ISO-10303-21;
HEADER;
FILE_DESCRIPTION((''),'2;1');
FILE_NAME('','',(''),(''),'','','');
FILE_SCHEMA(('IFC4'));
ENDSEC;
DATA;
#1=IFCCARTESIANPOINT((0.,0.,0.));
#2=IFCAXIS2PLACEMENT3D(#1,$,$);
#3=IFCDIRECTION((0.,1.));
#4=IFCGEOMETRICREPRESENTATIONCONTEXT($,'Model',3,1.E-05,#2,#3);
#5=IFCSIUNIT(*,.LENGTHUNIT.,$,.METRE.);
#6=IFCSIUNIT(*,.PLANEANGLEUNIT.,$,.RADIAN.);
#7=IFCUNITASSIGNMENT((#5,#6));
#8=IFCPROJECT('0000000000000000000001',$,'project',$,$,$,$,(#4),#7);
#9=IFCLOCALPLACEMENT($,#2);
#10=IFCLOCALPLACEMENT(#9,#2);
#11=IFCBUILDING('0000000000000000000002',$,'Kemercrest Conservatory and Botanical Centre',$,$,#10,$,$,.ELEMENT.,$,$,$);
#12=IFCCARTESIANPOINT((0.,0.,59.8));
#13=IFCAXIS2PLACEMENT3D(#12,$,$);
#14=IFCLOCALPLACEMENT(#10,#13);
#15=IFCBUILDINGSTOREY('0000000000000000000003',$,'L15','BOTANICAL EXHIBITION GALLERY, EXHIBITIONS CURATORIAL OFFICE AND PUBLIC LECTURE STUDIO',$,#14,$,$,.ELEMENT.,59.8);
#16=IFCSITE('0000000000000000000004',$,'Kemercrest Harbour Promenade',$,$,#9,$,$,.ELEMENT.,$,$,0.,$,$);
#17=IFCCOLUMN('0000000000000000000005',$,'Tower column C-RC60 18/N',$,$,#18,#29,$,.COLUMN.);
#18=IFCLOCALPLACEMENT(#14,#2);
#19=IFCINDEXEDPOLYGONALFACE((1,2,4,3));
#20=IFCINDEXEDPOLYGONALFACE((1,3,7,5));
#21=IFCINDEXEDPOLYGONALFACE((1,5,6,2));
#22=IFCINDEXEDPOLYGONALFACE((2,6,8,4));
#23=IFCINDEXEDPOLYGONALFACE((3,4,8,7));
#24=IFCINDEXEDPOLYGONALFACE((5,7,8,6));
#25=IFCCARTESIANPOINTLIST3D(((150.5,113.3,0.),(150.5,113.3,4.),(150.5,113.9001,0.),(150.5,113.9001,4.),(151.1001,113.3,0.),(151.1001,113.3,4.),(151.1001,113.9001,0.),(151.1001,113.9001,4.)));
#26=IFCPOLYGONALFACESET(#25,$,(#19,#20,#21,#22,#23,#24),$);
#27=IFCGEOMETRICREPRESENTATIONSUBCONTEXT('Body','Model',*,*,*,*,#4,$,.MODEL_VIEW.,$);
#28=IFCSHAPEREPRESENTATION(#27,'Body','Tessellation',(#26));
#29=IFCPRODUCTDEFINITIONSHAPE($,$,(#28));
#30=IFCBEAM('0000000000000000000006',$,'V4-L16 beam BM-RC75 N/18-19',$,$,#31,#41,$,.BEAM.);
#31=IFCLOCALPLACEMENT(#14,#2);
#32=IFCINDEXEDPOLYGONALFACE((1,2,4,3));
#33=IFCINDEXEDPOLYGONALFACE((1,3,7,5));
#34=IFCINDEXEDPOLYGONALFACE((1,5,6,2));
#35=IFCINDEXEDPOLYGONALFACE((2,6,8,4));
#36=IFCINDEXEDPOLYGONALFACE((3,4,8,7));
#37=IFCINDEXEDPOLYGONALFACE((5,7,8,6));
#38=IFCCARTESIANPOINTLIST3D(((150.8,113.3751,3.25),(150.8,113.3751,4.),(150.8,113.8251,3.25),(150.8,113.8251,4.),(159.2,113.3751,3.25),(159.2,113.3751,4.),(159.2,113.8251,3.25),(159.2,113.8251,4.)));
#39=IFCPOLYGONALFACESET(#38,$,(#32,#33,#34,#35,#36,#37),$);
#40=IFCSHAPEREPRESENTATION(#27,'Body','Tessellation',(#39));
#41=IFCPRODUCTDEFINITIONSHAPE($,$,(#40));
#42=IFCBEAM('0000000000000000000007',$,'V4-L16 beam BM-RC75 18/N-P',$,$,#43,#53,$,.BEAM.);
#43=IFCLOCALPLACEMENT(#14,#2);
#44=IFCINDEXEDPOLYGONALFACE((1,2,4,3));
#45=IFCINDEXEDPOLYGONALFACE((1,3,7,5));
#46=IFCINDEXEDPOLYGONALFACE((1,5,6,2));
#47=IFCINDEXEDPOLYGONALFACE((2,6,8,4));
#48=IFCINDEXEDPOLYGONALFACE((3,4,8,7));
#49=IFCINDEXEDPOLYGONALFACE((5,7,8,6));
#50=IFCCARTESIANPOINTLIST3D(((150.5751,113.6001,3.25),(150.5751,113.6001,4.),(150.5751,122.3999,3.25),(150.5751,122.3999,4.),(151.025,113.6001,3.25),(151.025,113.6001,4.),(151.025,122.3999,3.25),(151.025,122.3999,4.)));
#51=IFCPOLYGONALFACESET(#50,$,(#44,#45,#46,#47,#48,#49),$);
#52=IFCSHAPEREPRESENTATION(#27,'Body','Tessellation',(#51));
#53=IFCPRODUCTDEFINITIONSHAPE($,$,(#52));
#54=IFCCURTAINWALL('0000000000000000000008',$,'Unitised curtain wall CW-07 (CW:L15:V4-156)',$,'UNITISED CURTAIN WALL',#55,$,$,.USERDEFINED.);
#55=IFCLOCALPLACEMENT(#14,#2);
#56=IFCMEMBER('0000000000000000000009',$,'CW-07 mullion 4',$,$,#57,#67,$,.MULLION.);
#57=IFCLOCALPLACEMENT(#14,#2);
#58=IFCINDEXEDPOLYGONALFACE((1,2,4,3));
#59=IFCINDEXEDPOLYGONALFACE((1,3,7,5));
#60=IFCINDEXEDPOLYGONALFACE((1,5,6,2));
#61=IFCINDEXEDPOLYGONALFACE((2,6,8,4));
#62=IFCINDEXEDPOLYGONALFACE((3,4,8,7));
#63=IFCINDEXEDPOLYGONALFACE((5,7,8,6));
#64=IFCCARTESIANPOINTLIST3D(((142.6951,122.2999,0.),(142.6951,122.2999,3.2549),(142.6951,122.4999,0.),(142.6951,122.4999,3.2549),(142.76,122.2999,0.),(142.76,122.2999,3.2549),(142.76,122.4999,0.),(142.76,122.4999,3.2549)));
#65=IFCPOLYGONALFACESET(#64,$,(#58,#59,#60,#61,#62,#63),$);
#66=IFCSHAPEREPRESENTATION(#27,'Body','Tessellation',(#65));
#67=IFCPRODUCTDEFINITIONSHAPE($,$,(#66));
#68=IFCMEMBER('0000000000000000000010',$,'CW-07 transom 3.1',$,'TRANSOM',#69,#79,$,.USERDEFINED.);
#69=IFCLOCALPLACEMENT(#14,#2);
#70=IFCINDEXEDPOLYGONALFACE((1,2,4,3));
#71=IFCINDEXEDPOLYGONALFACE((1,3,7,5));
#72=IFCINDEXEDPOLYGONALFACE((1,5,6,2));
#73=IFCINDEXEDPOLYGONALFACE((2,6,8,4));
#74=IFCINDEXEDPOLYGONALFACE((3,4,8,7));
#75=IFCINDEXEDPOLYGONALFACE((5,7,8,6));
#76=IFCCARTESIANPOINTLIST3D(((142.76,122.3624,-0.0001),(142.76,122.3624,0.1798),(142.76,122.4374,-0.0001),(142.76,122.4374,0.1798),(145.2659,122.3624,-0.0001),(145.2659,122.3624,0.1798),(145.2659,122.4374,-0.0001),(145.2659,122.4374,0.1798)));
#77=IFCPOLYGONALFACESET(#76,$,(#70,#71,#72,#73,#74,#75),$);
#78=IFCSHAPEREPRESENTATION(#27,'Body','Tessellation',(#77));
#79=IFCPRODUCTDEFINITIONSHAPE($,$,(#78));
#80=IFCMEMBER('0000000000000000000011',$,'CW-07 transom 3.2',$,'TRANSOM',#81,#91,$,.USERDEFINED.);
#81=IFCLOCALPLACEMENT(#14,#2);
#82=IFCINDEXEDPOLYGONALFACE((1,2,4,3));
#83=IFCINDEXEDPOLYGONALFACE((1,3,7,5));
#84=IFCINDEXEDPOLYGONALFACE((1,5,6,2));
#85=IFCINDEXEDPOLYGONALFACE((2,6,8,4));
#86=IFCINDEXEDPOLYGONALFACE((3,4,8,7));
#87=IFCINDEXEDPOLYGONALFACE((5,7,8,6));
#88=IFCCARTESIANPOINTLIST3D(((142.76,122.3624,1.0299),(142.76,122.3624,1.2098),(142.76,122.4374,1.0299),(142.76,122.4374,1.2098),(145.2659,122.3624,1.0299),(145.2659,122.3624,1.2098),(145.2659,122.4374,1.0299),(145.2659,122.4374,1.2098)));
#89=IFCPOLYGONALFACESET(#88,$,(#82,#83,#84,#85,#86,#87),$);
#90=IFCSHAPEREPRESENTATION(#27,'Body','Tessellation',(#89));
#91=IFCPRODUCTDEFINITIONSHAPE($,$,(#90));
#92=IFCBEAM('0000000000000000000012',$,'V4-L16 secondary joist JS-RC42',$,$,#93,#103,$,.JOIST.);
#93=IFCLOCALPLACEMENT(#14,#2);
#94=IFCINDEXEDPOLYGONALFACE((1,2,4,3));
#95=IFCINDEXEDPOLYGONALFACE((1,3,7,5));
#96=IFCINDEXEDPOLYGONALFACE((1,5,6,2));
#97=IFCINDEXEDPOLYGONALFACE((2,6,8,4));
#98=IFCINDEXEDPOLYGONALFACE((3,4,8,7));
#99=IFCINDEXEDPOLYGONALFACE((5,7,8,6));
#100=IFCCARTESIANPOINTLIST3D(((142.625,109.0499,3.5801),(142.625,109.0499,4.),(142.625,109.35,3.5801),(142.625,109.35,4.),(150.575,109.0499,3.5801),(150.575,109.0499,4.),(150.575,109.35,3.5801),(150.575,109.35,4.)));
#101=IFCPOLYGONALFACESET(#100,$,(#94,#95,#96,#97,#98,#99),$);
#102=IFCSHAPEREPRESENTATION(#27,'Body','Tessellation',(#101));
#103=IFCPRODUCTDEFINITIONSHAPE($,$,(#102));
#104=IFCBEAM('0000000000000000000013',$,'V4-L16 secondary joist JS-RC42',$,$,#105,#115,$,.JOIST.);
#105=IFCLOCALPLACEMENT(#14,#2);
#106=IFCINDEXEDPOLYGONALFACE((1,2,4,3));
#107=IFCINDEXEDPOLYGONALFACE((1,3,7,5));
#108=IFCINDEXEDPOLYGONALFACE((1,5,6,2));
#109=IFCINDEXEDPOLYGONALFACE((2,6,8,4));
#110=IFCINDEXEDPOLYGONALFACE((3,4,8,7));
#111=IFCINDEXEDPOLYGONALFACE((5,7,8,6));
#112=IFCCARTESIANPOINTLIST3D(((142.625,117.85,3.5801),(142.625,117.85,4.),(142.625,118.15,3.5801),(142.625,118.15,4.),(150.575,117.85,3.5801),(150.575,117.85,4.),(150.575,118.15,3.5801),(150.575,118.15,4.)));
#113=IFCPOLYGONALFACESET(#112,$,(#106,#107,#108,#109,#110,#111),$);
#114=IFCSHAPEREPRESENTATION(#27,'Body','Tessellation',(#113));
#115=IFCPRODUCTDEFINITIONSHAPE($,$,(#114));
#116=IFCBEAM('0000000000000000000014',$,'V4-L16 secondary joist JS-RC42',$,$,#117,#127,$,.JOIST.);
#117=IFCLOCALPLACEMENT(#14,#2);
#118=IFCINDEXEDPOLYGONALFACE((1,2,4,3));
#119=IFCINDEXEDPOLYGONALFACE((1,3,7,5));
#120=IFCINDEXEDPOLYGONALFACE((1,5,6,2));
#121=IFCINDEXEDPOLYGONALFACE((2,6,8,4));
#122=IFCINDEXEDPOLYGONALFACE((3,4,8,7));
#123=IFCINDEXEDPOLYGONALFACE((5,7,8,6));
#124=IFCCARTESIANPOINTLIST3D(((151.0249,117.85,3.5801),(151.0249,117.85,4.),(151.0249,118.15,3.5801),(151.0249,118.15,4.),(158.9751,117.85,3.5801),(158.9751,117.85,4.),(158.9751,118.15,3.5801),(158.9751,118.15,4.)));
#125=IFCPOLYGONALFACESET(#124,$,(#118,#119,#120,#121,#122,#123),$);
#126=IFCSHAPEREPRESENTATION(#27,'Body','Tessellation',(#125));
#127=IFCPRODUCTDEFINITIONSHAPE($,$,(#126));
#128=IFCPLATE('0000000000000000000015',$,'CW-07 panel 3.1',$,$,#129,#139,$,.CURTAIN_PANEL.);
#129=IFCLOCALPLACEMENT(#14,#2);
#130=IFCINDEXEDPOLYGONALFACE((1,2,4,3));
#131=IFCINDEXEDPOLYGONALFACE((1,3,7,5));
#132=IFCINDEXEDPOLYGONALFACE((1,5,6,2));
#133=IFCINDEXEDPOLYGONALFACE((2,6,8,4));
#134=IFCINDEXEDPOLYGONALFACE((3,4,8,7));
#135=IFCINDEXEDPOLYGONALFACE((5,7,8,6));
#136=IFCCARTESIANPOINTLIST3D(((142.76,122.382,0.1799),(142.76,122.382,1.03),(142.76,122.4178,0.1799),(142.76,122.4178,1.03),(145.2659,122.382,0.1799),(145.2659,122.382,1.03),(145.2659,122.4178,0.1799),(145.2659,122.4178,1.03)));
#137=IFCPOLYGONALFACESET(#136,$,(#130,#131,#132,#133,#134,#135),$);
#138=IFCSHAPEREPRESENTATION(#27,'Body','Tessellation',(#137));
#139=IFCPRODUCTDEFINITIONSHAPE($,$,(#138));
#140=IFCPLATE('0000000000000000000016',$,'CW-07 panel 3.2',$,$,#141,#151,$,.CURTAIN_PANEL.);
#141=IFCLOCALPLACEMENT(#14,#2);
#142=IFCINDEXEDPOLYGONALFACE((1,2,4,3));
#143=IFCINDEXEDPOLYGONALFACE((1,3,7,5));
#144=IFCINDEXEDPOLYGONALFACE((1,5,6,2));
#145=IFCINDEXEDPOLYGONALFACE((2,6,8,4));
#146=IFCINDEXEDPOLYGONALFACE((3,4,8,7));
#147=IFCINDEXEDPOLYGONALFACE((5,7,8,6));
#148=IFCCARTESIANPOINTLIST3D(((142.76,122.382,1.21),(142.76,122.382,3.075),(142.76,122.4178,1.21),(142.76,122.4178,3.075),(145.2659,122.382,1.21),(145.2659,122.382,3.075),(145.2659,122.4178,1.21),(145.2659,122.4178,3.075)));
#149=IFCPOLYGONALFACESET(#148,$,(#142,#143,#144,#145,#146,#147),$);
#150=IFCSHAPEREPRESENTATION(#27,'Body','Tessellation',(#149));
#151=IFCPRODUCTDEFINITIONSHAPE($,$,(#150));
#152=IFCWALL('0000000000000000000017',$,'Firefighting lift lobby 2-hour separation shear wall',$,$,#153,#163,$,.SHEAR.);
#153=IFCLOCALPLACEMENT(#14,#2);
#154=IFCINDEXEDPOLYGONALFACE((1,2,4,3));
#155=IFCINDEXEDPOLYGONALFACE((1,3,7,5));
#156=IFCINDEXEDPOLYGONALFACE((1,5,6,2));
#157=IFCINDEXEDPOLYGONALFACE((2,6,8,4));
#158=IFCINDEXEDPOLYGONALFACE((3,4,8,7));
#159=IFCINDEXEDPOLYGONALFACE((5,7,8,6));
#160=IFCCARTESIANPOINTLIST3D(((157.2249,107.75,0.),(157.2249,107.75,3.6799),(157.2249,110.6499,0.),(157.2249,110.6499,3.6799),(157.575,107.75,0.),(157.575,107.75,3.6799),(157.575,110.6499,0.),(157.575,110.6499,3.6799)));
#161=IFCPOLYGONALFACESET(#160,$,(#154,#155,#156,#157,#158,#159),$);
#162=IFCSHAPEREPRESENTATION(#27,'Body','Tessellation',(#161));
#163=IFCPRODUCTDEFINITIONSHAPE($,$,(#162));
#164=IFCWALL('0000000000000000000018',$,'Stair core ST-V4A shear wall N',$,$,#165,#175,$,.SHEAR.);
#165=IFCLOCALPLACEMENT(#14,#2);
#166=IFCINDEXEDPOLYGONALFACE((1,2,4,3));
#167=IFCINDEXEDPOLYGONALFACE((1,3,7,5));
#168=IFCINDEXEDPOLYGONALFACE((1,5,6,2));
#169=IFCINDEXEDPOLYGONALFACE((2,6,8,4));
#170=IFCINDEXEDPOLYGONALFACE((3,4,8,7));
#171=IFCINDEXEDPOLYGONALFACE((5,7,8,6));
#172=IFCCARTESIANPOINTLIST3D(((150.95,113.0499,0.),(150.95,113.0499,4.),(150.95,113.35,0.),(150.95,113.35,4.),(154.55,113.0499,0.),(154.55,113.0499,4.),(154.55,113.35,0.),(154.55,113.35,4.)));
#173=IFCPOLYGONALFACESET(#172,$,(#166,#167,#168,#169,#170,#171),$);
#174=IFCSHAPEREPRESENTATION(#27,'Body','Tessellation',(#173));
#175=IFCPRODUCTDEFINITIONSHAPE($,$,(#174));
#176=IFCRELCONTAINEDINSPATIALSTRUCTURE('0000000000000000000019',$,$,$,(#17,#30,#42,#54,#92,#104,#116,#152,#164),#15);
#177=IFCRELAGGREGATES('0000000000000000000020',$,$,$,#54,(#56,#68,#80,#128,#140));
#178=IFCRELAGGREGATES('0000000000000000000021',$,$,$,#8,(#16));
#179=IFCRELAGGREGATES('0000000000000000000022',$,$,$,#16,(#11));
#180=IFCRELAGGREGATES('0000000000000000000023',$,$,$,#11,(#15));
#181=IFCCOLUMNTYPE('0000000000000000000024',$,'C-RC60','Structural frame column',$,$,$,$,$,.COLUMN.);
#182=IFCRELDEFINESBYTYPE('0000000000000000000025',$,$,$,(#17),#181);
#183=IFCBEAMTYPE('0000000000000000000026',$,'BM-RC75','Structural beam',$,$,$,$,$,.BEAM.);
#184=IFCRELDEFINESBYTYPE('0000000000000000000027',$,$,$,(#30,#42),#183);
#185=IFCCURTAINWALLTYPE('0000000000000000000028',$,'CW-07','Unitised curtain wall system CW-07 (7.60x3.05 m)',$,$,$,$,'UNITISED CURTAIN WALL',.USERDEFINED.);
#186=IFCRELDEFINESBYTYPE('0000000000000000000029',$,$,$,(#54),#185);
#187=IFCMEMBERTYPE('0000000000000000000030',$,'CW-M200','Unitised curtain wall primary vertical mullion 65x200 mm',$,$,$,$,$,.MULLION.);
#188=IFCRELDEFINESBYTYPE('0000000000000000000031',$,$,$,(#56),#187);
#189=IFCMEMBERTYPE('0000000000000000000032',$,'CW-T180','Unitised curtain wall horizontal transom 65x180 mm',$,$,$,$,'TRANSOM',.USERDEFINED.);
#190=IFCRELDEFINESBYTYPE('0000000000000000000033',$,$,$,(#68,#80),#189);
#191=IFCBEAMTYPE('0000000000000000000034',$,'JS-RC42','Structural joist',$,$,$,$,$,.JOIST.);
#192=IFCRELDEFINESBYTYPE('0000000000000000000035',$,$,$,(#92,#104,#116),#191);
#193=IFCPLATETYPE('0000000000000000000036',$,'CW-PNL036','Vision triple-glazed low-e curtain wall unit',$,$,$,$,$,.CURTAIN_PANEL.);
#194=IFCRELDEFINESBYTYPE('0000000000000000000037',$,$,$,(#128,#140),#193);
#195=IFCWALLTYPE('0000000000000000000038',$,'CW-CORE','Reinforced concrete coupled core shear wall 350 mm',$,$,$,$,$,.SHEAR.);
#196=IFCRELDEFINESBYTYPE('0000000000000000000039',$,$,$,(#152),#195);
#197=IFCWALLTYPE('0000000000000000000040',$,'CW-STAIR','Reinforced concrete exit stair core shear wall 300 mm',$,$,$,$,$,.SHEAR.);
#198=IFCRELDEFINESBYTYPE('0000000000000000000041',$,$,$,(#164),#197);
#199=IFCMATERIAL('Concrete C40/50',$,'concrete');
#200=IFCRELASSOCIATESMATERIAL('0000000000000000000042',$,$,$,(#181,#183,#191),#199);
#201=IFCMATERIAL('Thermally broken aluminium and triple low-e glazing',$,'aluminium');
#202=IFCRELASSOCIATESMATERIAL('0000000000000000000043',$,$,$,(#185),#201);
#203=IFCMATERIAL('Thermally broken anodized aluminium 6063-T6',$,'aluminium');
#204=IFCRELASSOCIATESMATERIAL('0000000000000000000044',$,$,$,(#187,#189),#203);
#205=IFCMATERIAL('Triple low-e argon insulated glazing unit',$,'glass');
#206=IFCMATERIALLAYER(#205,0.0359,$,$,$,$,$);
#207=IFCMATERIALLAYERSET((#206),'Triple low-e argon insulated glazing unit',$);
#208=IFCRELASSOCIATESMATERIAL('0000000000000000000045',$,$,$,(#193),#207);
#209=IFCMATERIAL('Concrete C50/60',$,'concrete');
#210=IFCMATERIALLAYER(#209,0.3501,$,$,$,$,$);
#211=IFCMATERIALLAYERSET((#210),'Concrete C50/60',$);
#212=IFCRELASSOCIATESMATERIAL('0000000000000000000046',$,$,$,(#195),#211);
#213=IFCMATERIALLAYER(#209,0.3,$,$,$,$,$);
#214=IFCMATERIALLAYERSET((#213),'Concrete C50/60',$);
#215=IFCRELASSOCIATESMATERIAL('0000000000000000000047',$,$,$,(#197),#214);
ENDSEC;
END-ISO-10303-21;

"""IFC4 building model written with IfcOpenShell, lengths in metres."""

from ifc_helpers import new_model, si_unit, direction, frame, frame_2d, origin, origin_2d, place, context, subcontext, project, spatial, rectangle, extrude, material, layer, layer_set, material_profile, profile_set, type_object, element, aggregate, save


model = new_model("IFC4")

# Units and contexts
model_context = context("Model", 3, precision=1e-05, world=origin(), true_north=direction((0.0, 1.0)))
body_context = subcontext(model_context, "Body", "Model", "MODEL_VIEW")
ifc_project = project(units=[si_unit("LENGTHUNIT", "METRE"), si_unit("PLANEANGLEUNIT", "RADIAN")], contexts=[model_context])

# Site, building, storey
site_placement = place(None, origin())
site = spatial("IfcSite", under=ifc_project, at=site_placement, Name="Kemercrest Harbour Promenade", CompositionType="ELEMENT", RefElevation=0.0)
building_placement = place(site_placement, origin())
building = spatial("IfcBuilding", under=site, at=building_placement, Name="Kemercrest Conservatory and Botanical Centre", CompositionType="ELEMENT")
storey_placement = place(building_placement, frame((0.0, 0.0, 59.8)))
storey = spatial("IfcBuildingStorey", under=building, at=storey_placement, Name="L15", Description="BOTANICAL EXHIBITION GALLERY, EXHIBITIONS CURATORIAL OFFICE AND PUBLIC LECTURE STUDIO", CompositionType="ELEMENT", Elevation=59.8)

# Column
ifc_material_1 = material(Name="Concrete C40/50", Category="concrete")
ifc_material_profile_1 = material_profile(ifc_material_1, rectangle(XDim=0.6001, YDim=0.6001, at=origin_2d()), Name="RC 600x600")
ifc_profile_set_1 = profile_set([ifc_material_profile_1], Name="Concrete C40/50")
column_type = type_object("IfcColumnType", Name="C-RC60", Description="Structural frame column", PredefinedType="COLUMN", material=ifc_profile_set_1)
column_placement = place(storey_placement, frame((150.8, 113.6001, 0.0), z_axis=(0.0, 0.0, 1.0), x_axis=(1.0, 0.0, 0.0)))
element("IfcColumn", 1, at=column_placement, inside=storey, type_object=column_type, Name="Tower column C-RC60 18/N", PredefinedType="COLUMN", context=body_context, shape_type="SweptSolid", body=[
    extrude(rectangle(XDim=0.6001, YDim=0.6001, at=origin_2d()), origin(), (0.0, 0.0, 1.0), 4.0),
])

# Beams
ifc_material_profile_2 = material_profile(ifc_material_1, rectangle(XDim=0.45, YDim=0.75, at=origin_2d()), Name="RC 450x750")
ifc_profile_set_2 = profile_set([ifc_material_profile_2], Name="Concrete C40/50")
beam_type_1 = type_object("IfcBeamType", Name="BM-RC75", Description="Structural beam", PredefinedType="BEAM", material=ifc_profile_set_2)
beam_1_placement = place(storey_placement, frame((150.8, 113.6001, 3.625), z_axis=(1.0, 0.0, 0.0), x_axis=(0.0, 1.0, 0.0)))
element("IfcBeam", 2, at=beam_1_placement, inside=storey, type_object=beam_type_1, Name="V4-L16 beam BM-RC75 N/18-19", PredefinedType="BEAM", context=body_context, shape_type="SweptSolid", body=[
    extrude(rectangle(XDim=0.45, YDim=0.75, at=origin_2d()), origin(), (0.0, 0.0, 1.0), 8.3999),
])
beam_2_placement = place(storey_placement, frame((150.8, 113.6001, 3.625), z_axis=(0.0, 1.0, 0.0), x_axis=(-1.0, 0.0, 0.0)))
element("IfcBeam", 3, at=beam_2_placement, inside=storey, type_object=beam_type_1, Name="V4-L16 beam BM-RC75 18/N-P", PredefinedType="BEAM", context=body_context, shape_type="SweptSolid", body=[
    extrude(rectangle(XDim=0.45, YDim=0.75, at=origin_2d()), origin(), (0.0, 0.0, 1.0), 8.7998),
])

# Curtain wall, members
ifc_material_2 = material(Name="Thermally broken aluminium and triple low-e glazing", Category="aluminium")
curtain_wall_type = type_object("IfcCurtainWallType", Name="CW-07", Description="Unitised curtain wall system CW-07 (7.60x3.05 m)", ElementType="UNITISED CURTAIN WALL", PredefinedType="USERDEFINED", material=ifc_material_2)
curtain_wall_placement = place(storey_placement, origin())
curtain_wall = element("IfcCurtainWall", 4, at=curtain_wall_placement, inside=storey, type_object=curtain_wall_type, Name="Unitised curtain wall CW-07 (CW:L15:V4-156)", ObjectType="UNITISED CURTAIN WALL", PredefinedType="USERDEFINED")
ifc_material_3 = material(Name="Thermally broken anodized aluminium 6063-T6", Category="aluminium")
ifc_material_profile_3 = material_profile(ifc_material_3, rectangle(XDim=0.2, YDim=0.0649, at=origin_2d()), Name="AL MULLION 65x200")
ifc_profile_set_3 = profile_set([ifc_material_profile_3], Name="Thermally broken anodized aluminium 6063-T6")
member_type_1 = type_object("IfcMemberType", Name="CW-M200", Description="Unitised curtain wall primary vertical mullion 65x200 mm", PredefinedType="MULLION", material=ifc_profile_set_3)
member_1_placement = place(storey_placement, frame((142.7275, 122.3999, 0.0), z_axis=(0.0, 0.0, 1.0), x_axis=(0.0, -1.0, 0.0)))
member_1 = element("IfcMember", 5, at=member_1_placement, type_object=member_type_1, Name="CW-07 mullion 4", PredefinedType="MULLION", context=body_context, shape_type="SweptSolid", body=[
    extrude(rectangle(XDim=0.2, YDim=0.0649, at=origin_2d()), origin(), (0.0, 0.0, 1.0), 3.2549),
])
ifc_material_profile_4 = material_profile(ifc_material_3, rectangle(XDim=0.075, YDim=0.1799, at=origin_2d()), Name="AL TRANSOM 75x180")
ifc_profile_set_4 = profile_set([ifc_material_profile_4], Name="Thermally broken anodized aluminium 6063-T6")
member_type_2 = type_object("IfcMemberType", Name="CW-T180", Description="Unitised curtain wall horizontal transom 65x180 mm", ElementType="TRANSOM", PredefinedType="USERDEFINED", material=ifc_profile_set_4)
member_2_placement = place(storey_placement, frame((145.2659, 122.3999, 0.0898), z_axis=(-1.0, 0.0, 0.0), x_axis=(0.0, -1.0, 0.0)))
member_2 = element("IfcMember", 6, at=member_2_placement, type_object=member_type_2, Name="CW-07 transom 3.1", ObjectType="TRANSOM", PredefinedType="USERDEFINED", context=body_context, shape_type="SweptSolid", body=[
    extrude(rectangle(XDim=0.075, YDim=0.1799, at=origin_2d()), origin(), (0.0, 0.0, 1.0), 2.5059),
])
member_3_placement = place(storey_placement, frame((145.2659, 122.3999, 1.1199), z_axis=(-1.0, 0.0, 0.0), x_axis=(0.0, -1.0, 0.0)))
member_3 = element("IfcMember", 7, at=member_3_placement, type_object=member_type_2, Name="CW-07 transom 3.2", ObjectType="TRANSOM", PredefinedType="USERDEFINED", context=body_context, shape_type="SweptSolid", body=[
    extrude(rectangle(XDim=0.075, YDim=0.1799, at=origin_2d()), origin(), (0.0, 0.0, 1.0), 2.5059),
])

# Beams
ifc_material_profile_5 = material_profile(ifc_material_1, rectangle(XDim=0.3, YDim=0.4199, at=origin_2d()), Name="RC 300x420")
ifc_profile_set_5 = profile_set([ifc_material_profile_5], Name="Concrete C40/50")
beam_type_2 = type_object("IfcBeamType", Name="JS-RC42", Description="Structural joist", PredefinedType="JOIST", material=ifc_profile_set_5)
for number, where, z_axis, x_axis, name in (
    (8, (142.625, 109.2, 3.79), (1.0, 0.0, 0.0), (0.0, 1.0, 0.0), "V4-L16 secondary joist JS-RC42"),
    (9, (142.625, 118.0, 3.79), (1.0, 0.0, 0.0), (0.0, 1.0, 0.0), "V4-L16 secondary joist JS-RC42"),
):
    element("IfcBeam", number, at=place(storey_placement, frame(where, z_axis=z_axis, x_axis=x_axis)), inside=storey, type_object=beam_type_2, Name=name, PredefinedType="JOIST", context=body_context, shape_type="SweptSolid", body=[
        extrude(rectangle(XDim=0.3, YDim=0.4199, at=origin_2d()), origin(), (0.0, 0.0, 1.0), 7.95),
    ])
beam_3_placement = place(storey_placement, frame((151.0249, 118.0, 3.79), z_axis=(1.0, 0.0, 0.0), x_axis=(0.0, 1.0, 0.0)))
element("IfcBeam", 10, at=beam_3_placement, inside=storey, type_object=beam_type_2, Name="V4-L16 secondary joist JS-RC42", PredefinedType="JOIST", context=body_context, shape_type="SweptSolid", body=[
    extrude(rectangle(XDim=0.3, YDim=0.4199, at=origin_2d()), origin(), (0.0, 0.0, 1.0), 7.9502),
])

# Plates
ifc_material_4 = material(Name="Triple low-e argon insulated glazing unit", Category="glass")
ifc_layer_1 = layer(ifc_material_4, 0.0359)
ifc_layer_set_1 = layer_set([ifc_layer_1], Name="Triple low-e argon insulated glazing unit")
plate_type = type_object("IfcPlateType", Name="CW-PNL036", Description="Vision triple-glazed low-e curtain wall unit", PredefinedType="CURTAIN_PANEL", material=ifc_layer_set_1)
plate_1_placement = place(storey_placement, frame((144.0129, 122.3999, 0.1799), z_axis=(0.0, 0.0, 1.0), x_axis=(-1.0, 0.0, 0.0)))
plate_1 = element("IfcPlate", 11, at=plate_1_placement, type_object=plate_type, Name="CW-07 panel 3.1", PredefinedType="CURTAIN_PANEL", context=body_context, shape_type="SweptSolid", body=[
    extrude(rectangle(XDim=2.5059, YDim=0.0359, at=origin_2d()), origin(), (0.0, 0.0, 1.0), 0.8501),
])
plate_2_placement = place(storey_placement, frame((144.0129, 122.3999, 1.21), z_axis=(0.0, 0.0, 1.0), x_axis=(-1.0, 0.0, 0.0)))
plate_2 = element("IfcPlate", 12, at=plate_2_placement, type_object=plate_type, Name="CW-07 panel 3.2", PredefinedType="CURTAIN_PANEL", context=body_context, shape_type="SweptSolid", body=[
    extrude(rectangle(XDim=2.5059, YDim=0.0359, at=origin_2d()), origin(), (0.0, 0.0, 1.0), 1.865),
])
aggregate(curtain_wall, [member_1, member_2, member_3, plate_1, plate_2])

# Walls
ifc_material_5 = material(Name="Concrete C50/60", Category="concrete")
ifc_layer_2 = layer(ifc_material_5, 0.3501)
ifc_layer_set_2 = layer_set([ifc_layer_2], Name="Concrete C50/60")
wall_type_1 = type_object("IfcWallType", Name="CW-CORE", Description="Reinforced concrete coupled core shear wall 350 mm", PredefinedType="SHEAR", material=ifc_layer_set_2)
wall_1_placement = place(storey_placement, frame((157.3999, 107.75, 0.0), z_axis=(0.0, 0.0, 1.0), x_axis=(0.0, 1.0, 0.0)))
element("IfcWall", 13, at=wall_1_placement, inside=storey, type_object=wall_type_1, Name="Firefighting lift lobby 2-hour separation shear wall", PredefinedType="SHEAR", context=body_context, shape_type="SweptSolid", body=[
    extrude(rectangle(XDim=2.8999, YDim=0.3501, at=frame_2d((1.45, 0.0))), origin(), (0.0, 0.0, 1.0), 3.6799),
])
ifc_layer_3 = layer(ifc_material_5, 0.3)
ifc_layer_set_3 = layer_set([ifc_layer_3], Name="Concrete C50/60")
wall_type_2 = type_object("IfcWallType", Name="CW-STAIR", Description="Reinforced concrete exit stair core shear wall 300 mm", PredefinedType="SHEAR", material=ifc_layer_set_3)
wall_2_placement = place(storey_placement, frame((150.95, 113.2, 0.0), z_axis=(0.0, 0.0, 1.0), x_axis=(1.0, 0.0, 0.0)))
element("IfcWall", 14, at=wall_2_placement, inside=storey, type_object=wall_type_2, Name="Stair core ST-V4A shear wall N", PredefinedType="SHEAR", context=body_context, shape_type="SweptSolid", body=[
    extrude(rectangle(XDim=3.6001, YDim=0.3, at=frame_2d((1.8, 0.0))), origin(), (0.0, 0.0, 1.0), 4.0),
])

save(model, "model.ifc")
